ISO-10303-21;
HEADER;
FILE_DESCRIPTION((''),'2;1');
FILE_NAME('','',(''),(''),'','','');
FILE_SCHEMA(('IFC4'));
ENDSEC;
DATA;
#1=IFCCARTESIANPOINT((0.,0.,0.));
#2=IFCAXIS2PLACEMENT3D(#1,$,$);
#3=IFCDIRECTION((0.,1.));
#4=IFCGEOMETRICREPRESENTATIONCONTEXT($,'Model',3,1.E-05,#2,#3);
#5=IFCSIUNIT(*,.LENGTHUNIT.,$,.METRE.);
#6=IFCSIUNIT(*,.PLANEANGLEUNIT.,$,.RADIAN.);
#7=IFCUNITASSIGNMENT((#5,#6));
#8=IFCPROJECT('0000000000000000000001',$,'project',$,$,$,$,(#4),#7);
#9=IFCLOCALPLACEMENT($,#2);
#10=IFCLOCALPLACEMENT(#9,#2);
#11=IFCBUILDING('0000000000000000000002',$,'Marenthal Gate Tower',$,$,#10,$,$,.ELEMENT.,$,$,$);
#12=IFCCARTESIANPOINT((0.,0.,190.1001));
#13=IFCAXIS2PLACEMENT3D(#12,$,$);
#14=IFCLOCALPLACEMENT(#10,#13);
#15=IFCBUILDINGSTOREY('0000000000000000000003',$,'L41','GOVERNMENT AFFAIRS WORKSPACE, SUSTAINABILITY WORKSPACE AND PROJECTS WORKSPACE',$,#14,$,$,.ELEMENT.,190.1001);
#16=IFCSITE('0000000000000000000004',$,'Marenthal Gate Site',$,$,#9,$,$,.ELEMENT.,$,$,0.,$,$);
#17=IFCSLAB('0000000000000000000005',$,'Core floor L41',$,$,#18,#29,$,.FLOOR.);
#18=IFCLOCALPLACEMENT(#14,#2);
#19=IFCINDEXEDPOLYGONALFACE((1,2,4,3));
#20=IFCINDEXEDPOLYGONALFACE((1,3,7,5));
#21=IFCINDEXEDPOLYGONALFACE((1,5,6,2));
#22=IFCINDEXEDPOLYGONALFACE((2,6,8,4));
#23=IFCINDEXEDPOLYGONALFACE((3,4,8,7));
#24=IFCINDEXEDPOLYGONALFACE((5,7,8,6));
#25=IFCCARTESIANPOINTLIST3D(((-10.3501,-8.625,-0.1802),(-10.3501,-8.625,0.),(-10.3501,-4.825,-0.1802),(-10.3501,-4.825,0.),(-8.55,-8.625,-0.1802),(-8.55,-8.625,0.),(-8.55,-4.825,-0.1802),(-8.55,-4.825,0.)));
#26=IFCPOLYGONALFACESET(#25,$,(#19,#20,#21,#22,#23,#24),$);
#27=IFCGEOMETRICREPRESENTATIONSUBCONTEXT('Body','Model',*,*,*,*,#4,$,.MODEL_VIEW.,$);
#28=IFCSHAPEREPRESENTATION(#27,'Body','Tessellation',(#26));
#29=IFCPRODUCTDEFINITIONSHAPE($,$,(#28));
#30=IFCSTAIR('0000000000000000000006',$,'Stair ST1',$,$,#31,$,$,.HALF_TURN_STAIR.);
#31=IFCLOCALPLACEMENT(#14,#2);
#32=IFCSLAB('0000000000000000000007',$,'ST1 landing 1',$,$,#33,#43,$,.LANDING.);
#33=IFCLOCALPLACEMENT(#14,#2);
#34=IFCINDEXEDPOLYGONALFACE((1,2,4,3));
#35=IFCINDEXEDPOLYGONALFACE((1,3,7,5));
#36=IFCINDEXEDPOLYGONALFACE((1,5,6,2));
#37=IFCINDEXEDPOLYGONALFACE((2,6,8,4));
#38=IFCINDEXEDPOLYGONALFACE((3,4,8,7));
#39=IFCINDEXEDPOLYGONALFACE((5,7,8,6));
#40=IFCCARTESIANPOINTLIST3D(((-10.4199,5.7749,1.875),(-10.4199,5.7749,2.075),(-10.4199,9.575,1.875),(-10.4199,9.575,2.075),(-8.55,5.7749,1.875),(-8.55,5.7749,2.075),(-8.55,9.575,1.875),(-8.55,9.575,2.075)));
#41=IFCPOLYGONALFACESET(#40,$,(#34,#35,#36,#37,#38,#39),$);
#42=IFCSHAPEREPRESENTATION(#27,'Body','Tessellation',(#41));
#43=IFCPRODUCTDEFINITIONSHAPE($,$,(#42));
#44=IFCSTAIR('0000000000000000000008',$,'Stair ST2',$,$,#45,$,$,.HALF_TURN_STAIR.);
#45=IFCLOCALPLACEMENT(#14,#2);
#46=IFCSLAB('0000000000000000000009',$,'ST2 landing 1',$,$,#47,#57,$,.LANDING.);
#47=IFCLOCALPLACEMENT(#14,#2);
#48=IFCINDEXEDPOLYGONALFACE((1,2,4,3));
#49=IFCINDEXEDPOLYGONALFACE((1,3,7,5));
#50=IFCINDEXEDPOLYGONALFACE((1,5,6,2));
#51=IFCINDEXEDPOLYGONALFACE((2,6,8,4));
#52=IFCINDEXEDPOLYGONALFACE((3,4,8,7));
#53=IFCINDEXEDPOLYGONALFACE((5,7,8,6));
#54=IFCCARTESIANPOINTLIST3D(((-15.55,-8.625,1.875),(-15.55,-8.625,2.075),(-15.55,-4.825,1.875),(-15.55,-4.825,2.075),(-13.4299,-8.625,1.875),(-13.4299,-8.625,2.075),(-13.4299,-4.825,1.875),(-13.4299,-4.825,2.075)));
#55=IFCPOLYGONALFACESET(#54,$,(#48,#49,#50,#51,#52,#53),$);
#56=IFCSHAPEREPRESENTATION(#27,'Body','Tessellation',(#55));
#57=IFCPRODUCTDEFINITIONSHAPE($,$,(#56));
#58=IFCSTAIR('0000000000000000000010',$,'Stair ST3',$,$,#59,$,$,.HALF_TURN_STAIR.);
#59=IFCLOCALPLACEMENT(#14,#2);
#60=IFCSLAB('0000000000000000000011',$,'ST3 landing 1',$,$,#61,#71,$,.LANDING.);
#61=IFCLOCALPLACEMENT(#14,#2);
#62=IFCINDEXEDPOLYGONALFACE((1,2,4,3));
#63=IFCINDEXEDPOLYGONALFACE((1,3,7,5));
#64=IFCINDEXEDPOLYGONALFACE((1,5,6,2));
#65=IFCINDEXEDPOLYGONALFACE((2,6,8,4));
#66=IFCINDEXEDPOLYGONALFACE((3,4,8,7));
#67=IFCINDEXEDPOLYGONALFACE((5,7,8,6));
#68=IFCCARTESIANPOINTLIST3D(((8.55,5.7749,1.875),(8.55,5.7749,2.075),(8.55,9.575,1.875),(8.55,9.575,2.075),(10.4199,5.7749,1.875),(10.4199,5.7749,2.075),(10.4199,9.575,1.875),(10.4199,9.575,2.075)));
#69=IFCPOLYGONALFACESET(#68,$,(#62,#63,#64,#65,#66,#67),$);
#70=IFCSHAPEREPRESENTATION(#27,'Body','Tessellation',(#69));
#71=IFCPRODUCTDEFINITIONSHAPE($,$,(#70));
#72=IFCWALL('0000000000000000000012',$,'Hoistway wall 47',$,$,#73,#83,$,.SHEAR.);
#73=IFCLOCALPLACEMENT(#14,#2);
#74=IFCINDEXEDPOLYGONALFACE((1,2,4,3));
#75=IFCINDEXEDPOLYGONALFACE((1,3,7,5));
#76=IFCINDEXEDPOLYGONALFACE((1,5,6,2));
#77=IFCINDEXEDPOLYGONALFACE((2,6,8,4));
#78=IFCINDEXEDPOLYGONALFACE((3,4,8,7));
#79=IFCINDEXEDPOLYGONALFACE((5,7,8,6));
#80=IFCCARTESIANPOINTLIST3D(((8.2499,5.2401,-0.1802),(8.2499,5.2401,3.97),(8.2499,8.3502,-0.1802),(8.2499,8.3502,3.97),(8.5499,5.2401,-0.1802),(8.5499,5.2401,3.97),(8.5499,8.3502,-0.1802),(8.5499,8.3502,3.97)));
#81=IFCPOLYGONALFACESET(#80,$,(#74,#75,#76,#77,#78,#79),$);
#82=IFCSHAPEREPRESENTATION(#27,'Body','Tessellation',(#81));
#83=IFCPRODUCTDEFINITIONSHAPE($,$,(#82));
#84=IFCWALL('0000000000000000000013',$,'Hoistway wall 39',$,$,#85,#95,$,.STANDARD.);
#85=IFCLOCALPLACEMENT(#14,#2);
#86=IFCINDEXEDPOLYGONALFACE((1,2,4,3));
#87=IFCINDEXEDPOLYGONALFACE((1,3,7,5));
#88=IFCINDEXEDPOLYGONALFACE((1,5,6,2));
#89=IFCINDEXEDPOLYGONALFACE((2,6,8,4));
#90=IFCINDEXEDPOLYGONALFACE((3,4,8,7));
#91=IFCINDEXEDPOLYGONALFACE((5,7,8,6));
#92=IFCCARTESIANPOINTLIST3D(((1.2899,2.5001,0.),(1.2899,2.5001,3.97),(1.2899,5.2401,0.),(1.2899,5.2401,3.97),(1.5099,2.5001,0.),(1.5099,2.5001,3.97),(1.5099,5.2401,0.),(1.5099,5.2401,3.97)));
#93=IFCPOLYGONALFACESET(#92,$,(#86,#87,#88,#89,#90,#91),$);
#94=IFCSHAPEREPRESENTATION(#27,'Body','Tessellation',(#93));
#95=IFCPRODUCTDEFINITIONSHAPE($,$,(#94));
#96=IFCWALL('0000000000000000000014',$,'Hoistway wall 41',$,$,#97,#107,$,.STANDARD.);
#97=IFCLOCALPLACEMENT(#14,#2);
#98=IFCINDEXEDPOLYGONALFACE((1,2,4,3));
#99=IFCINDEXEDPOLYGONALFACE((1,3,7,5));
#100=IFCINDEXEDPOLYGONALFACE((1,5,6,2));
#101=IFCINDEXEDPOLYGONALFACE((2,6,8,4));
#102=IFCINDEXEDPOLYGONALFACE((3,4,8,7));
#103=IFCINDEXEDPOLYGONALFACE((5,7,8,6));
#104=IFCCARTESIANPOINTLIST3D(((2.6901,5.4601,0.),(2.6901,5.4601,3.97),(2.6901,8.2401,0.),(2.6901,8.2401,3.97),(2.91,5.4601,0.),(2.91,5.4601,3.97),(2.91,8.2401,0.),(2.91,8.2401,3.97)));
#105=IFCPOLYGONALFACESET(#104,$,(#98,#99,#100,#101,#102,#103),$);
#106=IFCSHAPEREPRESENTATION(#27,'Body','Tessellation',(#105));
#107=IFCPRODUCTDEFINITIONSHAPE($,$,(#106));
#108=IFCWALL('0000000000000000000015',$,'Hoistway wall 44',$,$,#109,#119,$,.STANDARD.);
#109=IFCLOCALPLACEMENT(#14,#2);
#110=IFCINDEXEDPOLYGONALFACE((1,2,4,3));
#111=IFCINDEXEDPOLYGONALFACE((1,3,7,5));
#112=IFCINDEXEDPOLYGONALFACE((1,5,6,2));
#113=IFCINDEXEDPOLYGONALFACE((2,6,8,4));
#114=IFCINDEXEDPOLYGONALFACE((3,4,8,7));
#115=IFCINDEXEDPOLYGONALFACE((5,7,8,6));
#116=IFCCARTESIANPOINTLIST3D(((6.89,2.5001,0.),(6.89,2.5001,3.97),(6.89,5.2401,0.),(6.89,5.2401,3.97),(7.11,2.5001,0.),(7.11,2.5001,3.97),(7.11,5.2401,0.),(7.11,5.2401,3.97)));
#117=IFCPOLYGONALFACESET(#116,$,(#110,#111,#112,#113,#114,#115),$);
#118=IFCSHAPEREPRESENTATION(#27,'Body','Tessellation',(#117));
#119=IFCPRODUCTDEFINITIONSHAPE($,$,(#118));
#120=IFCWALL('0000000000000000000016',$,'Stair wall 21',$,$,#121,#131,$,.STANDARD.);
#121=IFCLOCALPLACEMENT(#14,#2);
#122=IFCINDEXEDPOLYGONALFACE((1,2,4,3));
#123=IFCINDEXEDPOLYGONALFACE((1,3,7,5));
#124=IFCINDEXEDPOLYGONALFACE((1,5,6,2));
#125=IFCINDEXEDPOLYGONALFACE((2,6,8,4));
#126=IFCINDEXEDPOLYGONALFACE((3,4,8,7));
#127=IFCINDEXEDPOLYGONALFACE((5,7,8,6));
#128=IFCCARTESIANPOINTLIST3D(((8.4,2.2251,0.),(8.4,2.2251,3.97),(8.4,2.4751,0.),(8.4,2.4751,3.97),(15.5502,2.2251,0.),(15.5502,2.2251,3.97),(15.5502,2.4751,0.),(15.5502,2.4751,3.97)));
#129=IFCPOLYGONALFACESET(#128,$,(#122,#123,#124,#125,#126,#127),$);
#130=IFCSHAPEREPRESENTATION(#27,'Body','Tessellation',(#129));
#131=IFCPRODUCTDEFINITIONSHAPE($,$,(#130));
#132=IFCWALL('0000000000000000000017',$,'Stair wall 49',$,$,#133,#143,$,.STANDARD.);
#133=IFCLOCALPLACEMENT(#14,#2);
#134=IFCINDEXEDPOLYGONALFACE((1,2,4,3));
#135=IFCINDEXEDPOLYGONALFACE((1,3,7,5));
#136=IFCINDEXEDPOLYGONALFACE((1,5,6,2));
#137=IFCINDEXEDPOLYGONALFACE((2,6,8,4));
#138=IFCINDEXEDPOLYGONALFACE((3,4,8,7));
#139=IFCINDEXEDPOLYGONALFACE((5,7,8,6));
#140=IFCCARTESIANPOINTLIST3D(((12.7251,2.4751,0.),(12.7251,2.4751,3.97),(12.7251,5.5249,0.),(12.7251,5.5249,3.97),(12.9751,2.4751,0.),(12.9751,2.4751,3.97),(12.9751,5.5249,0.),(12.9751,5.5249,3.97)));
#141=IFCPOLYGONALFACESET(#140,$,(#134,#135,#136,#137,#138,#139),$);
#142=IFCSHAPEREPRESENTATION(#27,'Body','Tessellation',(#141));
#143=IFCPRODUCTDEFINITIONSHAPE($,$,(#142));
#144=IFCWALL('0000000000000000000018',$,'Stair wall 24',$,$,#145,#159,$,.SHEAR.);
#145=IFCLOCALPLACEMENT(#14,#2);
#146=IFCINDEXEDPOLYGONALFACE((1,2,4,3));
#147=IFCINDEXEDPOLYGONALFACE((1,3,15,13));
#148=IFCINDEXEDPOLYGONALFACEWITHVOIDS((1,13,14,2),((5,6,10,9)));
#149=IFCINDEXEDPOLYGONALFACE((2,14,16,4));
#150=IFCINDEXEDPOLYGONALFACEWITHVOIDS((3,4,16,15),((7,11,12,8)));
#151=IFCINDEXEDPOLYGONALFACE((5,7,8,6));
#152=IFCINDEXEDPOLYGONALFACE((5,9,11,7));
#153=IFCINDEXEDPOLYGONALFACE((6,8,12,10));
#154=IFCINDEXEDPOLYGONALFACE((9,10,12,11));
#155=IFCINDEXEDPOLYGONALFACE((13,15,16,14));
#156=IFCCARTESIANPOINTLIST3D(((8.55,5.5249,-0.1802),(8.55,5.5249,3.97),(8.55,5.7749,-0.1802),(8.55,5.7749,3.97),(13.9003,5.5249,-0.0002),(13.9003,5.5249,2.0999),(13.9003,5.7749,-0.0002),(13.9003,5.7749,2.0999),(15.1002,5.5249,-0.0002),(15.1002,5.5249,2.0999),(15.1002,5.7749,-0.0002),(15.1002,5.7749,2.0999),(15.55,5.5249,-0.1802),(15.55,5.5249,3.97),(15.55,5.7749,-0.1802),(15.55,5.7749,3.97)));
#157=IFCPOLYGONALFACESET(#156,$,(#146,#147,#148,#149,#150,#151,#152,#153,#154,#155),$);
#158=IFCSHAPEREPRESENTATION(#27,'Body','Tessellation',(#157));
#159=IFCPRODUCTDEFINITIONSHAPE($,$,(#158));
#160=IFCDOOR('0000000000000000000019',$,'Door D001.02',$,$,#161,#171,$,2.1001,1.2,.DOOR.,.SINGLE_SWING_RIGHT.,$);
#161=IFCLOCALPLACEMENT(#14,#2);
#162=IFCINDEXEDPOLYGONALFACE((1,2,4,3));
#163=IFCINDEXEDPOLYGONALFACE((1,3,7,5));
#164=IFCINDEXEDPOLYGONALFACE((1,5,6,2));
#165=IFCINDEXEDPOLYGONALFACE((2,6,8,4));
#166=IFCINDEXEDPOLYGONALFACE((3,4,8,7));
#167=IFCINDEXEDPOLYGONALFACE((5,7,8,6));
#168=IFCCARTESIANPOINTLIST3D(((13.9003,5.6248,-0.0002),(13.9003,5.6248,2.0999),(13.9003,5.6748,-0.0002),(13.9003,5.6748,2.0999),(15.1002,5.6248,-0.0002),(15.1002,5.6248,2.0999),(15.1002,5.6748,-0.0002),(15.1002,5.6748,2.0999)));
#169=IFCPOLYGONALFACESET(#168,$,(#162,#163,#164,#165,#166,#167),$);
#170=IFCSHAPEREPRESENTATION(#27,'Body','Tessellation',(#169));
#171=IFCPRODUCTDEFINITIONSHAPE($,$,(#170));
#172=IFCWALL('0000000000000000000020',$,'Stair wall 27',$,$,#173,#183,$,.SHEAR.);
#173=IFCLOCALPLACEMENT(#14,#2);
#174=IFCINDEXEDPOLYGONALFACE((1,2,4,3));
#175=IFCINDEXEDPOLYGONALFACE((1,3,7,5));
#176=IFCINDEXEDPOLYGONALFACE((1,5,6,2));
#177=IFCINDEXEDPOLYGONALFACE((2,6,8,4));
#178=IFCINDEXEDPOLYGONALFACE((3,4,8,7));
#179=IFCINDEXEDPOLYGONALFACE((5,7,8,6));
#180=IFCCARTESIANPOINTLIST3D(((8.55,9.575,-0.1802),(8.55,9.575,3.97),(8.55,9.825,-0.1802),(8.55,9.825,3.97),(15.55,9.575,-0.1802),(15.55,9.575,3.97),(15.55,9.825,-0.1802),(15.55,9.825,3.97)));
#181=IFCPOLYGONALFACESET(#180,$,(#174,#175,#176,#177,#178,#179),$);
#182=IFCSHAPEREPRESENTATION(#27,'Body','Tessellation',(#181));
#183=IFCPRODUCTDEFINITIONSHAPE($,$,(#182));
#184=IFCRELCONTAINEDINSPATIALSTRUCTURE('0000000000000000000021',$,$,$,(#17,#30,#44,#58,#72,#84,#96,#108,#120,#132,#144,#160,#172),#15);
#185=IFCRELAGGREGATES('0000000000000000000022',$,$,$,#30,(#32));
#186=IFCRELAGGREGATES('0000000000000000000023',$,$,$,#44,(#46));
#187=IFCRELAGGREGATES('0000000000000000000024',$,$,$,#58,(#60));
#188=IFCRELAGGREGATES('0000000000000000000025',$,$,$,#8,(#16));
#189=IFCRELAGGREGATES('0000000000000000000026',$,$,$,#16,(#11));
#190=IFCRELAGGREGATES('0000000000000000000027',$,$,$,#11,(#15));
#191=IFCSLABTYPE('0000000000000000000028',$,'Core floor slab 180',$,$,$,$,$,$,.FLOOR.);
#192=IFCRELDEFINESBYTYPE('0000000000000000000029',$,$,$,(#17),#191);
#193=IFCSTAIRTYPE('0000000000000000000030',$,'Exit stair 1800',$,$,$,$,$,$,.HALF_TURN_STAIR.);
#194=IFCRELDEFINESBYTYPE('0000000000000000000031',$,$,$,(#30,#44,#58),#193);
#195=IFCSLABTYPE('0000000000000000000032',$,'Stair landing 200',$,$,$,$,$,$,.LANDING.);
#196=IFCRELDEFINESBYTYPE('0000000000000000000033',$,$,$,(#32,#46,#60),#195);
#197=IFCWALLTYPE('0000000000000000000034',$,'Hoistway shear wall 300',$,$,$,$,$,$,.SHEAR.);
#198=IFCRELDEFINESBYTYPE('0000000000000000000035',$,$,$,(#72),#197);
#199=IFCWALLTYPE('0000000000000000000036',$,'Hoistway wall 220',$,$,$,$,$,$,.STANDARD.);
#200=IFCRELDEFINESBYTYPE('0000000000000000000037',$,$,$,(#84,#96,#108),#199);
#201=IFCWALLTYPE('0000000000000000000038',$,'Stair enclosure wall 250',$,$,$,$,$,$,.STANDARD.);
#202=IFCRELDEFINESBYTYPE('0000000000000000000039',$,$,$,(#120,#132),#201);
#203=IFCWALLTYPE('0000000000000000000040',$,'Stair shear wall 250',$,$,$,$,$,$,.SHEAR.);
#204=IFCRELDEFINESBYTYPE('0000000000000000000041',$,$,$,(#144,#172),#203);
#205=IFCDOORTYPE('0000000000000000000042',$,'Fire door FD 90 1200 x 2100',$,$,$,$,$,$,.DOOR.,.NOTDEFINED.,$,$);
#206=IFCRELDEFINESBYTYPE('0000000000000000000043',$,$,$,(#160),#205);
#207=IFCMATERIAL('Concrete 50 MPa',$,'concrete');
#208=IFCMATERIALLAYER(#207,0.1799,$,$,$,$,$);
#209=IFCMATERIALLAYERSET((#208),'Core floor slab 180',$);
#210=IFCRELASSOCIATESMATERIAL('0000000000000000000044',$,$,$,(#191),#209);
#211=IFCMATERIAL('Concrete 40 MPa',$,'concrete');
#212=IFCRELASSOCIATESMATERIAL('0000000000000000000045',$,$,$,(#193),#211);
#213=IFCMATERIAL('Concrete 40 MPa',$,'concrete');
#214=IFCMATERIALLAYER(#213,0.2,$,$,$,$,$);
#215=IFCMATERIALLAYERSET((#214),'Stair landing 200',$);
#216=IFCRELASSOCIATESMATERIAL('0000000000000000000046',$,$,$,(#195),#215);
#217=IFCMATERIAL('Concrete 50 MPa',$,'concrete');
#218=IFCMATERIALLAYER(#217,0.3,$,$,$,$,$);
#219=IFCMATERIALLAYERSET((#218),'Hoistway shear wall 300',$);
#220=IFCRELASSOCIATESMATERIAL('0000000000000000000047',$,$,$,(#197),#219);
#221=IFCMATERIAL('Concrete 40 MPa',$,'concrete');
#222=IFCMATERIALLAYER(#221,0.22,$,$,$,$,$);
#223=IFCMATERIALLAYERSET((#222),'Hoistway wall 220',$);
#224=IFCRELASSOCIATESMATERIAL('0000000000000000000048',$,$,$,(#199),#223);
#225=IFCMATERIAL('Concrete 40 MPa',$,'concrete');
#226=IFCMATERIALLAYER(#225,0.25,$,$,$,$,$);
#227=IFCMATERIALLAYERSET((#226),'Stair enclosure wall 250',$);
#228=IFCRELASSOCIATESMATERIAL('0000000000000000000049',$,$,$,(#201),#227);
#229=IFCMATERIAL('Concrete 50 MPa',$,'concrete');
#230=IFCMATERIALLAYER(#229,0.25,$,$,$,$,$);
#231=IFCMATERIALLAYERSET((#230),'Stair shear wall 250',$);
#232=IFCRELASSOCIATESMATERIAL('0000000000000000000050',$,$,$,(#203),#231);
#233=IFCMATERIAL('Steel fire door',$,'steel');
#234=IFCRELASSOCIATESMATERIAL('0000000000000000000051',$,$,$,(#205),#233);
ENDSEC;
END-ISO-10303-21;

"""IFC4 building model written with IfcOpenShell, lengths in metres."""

from ifc_helpers import new_model, si_unit, direction, frame, frame_2d, origin, place, context, subcontext, project, spatial, polyline, rectangle, outline, extrude, material, layer, layer_set, type_object, element, fill, aggregate, save


model = new_model("IFC4")

# Units and contexts
model_context = context("Model", 3, precision=1e-05, world=origin(), true_north=direction((0.0, 1.0)))
body_context = subcontext(model_context, "Body", "Model", "MODEL_VIEW")
ifc_project = project(units=[si_unit("LENGTHUNIT", "METRE"), si_unit("PLANEANGLEUNIT", "RADIAN")], contexts=[model_context])

# Site, building, storey
site_placement = place(None, origin())
site = spatial("IfcSite", under=ifc_project, at=site_placement, Name="Marenthal Gate Site", CompositionType="ELEMENT", RefElevation=0.0)
building_placement = place(site_placement, origin())
building = spatial("IfcBuilding", under=site, at=building_placement, Name="Marenthal Gate Tower", CompositionType="ELEMENT")
storey_placement = place(building_placement, frame((0.0, 0.0, 190.1001)))
storey = spatial("IfcBuildingStorey", under=building, at=storey_placement, Name="L41", Description="GOVERNMENT AFFAIRS WORKSPACE, SUSTAINABILITY WORKSPACE AND PROJECTS WORKSPACE", CompositionType="ELEMENT", Elevation=190.1001)

# Slab
ifc_material_1 = material(Name="Concrete 50 MPa", Category="concrete")
ifc_layer_1 = layer(ifc_material_1, 0.1799)
ifc_layer_set_1 = layer_set([ifc_layer_1], Name="Core floor slab 180")
slab_type_1 = type_object("IfcSlabType", Name="Core floor slab 180", PredefinedType="FLOOR", material=ifc_layer_set_1)
slab_1_placement = place(storey_placement, frame((0.0, 0.0, -0.1802)))
element("IfcSlab", 1, at=slab_1_placement, inside=storey, type_object=slab_type_1, Name="Core floor L41", PredefinedType="FLOOR", context=body_context, shape_type="SweptSolid", body=[
    extrude(outline(polyline([(-8.55, -8.625), (-10.3501, -8.625), (-10.3501, -4.825), (-8.55, -4.825), (-8.55, -8.625)])), origin(), (0.0, 0.0, 1.0), 0.1802),
])

# Stairs, slabs
ifc_material_2 = material(Name="Concrete 40 MPa", Category="concrete")
stair_type = type_object("IfcStairType", Name="Exit stair 1800", PredefinedType="HALF_TURN_STAIR", material=ifc_material_2)
stair_1_placement = place(storey_placement, origin())
stair_1 = element("IfcStair", 2, at=stair_1_placement, inside=storey, type_object=stair_type, Name="Stair ST1", PredefinedType="HALF_TURN_STAIR")
ifc_material_3 = material(Name="Concrete 40 MPa", Category="concrete")
ifc_layer_2 = layer(ifc_material_3, 0.2)
ifc_layer_set_2 = layer_set([ifc_layer_2], Name="Stair landing 200")
slab_type_2 = type_object("IfcSlabType", Name="Stair landing 200", PredefinedType="LANDING", material=ifc_layer_set_2)
slab_2_placement = place(storey_placement, frame((0.0, 0.0, 1.875)))
slab_2 = element("IfcSlab", 3, at=slab_2_placement, type_object=slab_type_2, Name="ST1 landing 1", PredefinedType="LANDING", context=body_context, shape_type="SweptSolid", body=[
    extrude(outline(polyline([(-10.4199, 5.7749), (-8.55, 5.7749), (-8.55, 9.575), (-10.4199, 9.575), (-10.4199, 5.7749)])), origin(), (0.0, 0.0, 1.0), 0.2),
])
aggregate(stair_1, [slab_2])
stair_2_placement = place(storey_placement, origin())
stair_2 = element("IfcStair", 4, at=stair_2_placement, inside=storey, type_object=stair_type, Name="Stair ST2", PredefinedType="HALF_TURN_STAIR")
slab_3_placement = place(storey_placement, frame((0.0, 0.0, 1.875)))
slab_3 = element("IfcSlab", 5, at=slab_3_placement, type_object=slab_type_2, Name="ST2 landing 1", PredefinedType="LANDING", context=body_context, shape_type="SweptSolid", body=[
    extrude(outline(polyline([(-15.55, -8.625), (-13.4299, -8.625), (-13.4299, -4.825), (-15.55, -4.825), (-15.55, -8.625)])), origin(), (0.0, 0.0, 1.0), 0.2),
])
aggregate(stair_2, [slab_3])
stair_3_placement = place(storey_placement, origin())
stair_3 = element("IfcStair", 6, at=stair_3_placement, inside=storey, type_object=stair_type, Name="Stair ST3", PredefinedType="HALF_TURN_STAIR")
slab_4_placement = place(storey_placement, frame((0.0, 0.0, 1.875)))
slab_4 = element("IfcSlab", 7, at=slab_4_placement, type_object=slab_type_2, Name="ST3 landing 1", PredefinedType="LANDING", context=body_context, shape_type="SweptSolid", body=[
    extrude(outline(polyline([(8.55, 5.7749), (10.4199, 5.7749), (10.4199, 9.575), (8.55, 9.575), (8.55, 5.7749)])), origin(), (0.0, 0.0, 1.0), 0.2),
])

# Walls
ifc_material_4 = material(Name="Concrete 50 MPa", Category="concrete")
ifc_layer_3 = layer(ifc_material_4, 0.3)
ifc_layer_set_3 = layer_set([ifc_layer_3], Name="Hoistway shear wall 300")
wall_type_1 = type_object("IfcWallType", Name="Hoistway shear wall 300", PredefinedType="SHEAR", material=ifc_layer_set_3)
wall_1_placement = place(storey_placement, frame((8.3999, 5.24, -0.1802), z_axis=(0.0, 0.0, 1.0), x_axis=(0.0, 1.0, 0.0)))
element("IfcWall", 8, at=wall_1_placement, inside=storey, type_object=wall_type_1, Name="Hoistway wall 47", PredefinedType="SHEAR", context=body_context, shape_type="SweptSolid", body=[
    extrude(rectangle(XDim=3.1101, YDim=0.3, at=frame_2d((1.5552, 0.0))), origin(), (0.0, 0.0, 1.0), 4.1501),
])
ifc_material_5 = material(Name="Concrete 40 MPa", Category="concrete")
ifc_layer_4 = layer(ifc_material_5, 0.22)
ifc_layer_set_4 = layer_set([ifc_layer_4], Name="Hoistway wall 220")
wall_type_2 = type_object("IfcWallType", Name="Hoistway wall 220", PredefinedType="STANDARD", material=ifc_layer_set_4)
wall_2_placement = place(storey_placement, frame((1.3999, 2.5, 0.0), z_axis=(0.0, 0.0, 1.0), x_axis=(0.0, 1.0, 0.0)))
element("IfcWall", 9, at=wall_2_placement, inside=storey, type_object=wall_type_2, Name="Hoistway wall 39", PredefinedType="STANDARD", context=body_context, shape_type="SweptSolid", body=[
    extrude(rectangle(XDim=2.74, YDim=0.22, at=frame_2d((1.3701, 0.0))), origin(), (0.0, 0.0, 1.0), 3.97),
])
wall_3_placement = place(storey_placement, frame((2.8, 5.46, 0.0), z_axis=(0.0, 0.0, 1.0), x_axis=(0.0, 1.0, 0.0)))
element("IfcWall", 10, at=wall_3_placement, inside=storey, type_object=wall_type_2, Name="Hoistway wall 41", PredefinedType="STANDARD", context=body_context, shape_type="SweptSolid", body=[
    extrude(rectangle(XDim=2.78, YDim=0.22, at=frame_2d((1.3901, 0.0))), origin(), (0.0, 0.0, 1.0), 3.97),
])
wall_4_placement = place(storey_placement, frame((7.0, 2.5, 0.0), z_axis=(0.0, 0.0, 1.0), x_axis=(0.0, 1.0, 0.0)))
element("IfcWall", 11, at=wall_4_placement, inside=storey, type_object=wall_type_2, Name="Hoistway wall 44", PredefinedType="STANDARD", context=body_context, shape_type="SweptSolid", body=[
    extrude(rectangle(XDim=2.74, YDim=0.22, at=frame_2d((1.3701, 0.0))), origin(), (0.0, 0.0, 1.0), 3.97),
])
ifc_material_6 = material(Name="Concrete 40 MPa", Category="concrete")
ifc_layer_5 = layer(ifc_material_6, 0.25)
ifc_layer_set_5 = layer_set([ifc_layer_5], Name="Stair enclosure wall 250")
wall_type_3 = type_object("IfcWallType", Name="Stair enclosure wall 250", PredefinedType="STANDARD", material=ifc_layer_set_5)
wall_5_placement = place(storey_placement, frame((8.3999, 2.3501, 0.0), z_axis=(0.0, 0.0, 1.0), x_axis=(1.0, 0.0, 0.0)))
element("IfcWall", 12, at=wall_5_placement, inside=storey, type_object=wall_type_3, Name="Stair wall 21", PredefinedType="STANDARD", context=body_context, shape_type="SweptSolid", body=[
    extrude(rectangle(XDim=7.1501, YDim=0.25, at=frame_2d((3.5752, 0.0))), origin(), (0.0, 0.0, 1.0), 3.97),
])
wall_6_placement = place(storey_placement, frame((12.8501, 2.4751, 0.0), z_axis=(0.0, 0.0, 1.0), x_axis=(0.0, 1.0, 0.0)))
element("IfcWall", 13, at=wall_6_placement, inside=storey, type_object=wall_type_3, Name="Stair wall 49", PredefinedType="STANDARD", context=body_context, shape_type="SweptSolid", body=[
    extrude(rectangle(XDim=3.0498, YDim=0.25, at=frame_2d((1.5249, 0.0))), origin(), (0.0, 0.0, 1.0), 3.97),
])

# Wall, opening, door
ifc_material_7 = material(Name="Concrete 50 MPa", Category="concrete")
ifc_layer_6 = layer(ifc_material_7, 0.25)
ifc_layer_set_6 = layer_set([ifc_layer_6], Name="Stair shear wall 250")
wall_type_4 = type_object("IfcWallType", Name="Stair shear wall 250", PredefinedType="SHEAR", material=ifc_layer_set_6)
wall_7_placement = place(storey_placement, frame((8.55, 5.6499, -0.1802), z_axis=(0.0, 0.0, 1.0), x_axis=(1.0, 0.0, 0.0)))
wall_7 = element("IfcWall", 14, at=wall_7_placement, inside=storey, type_object=wall_type_4, Name="Stair wall 24", PredefinedType="SHEAR", context=body_context, shape_type="SweptSolid", body=[
    extrude(rectangle(XDim=7.0, YDim=0.25, at=frame_2d((3.5, 0.0))), origin(), (0.0, 0.0, 1.0), 4.1501),
])
opening_placement = place(wall_7_placement, frame((5.3501, 0.0, 0.1799)))
opening = element("IfcOpeningElement", 15, at=opening_placement, cuts=wall_7, PredefinedType="OPENING", context=body_context, shape_type="SweptSolid", body=[
    extrude(rectangle(XDim=1.2, YDim=2.1001, at=frame_2d((0.6001, 1.05))), frame((0.0, 0.135, 0.0), z_axis=(0.0, -1.0, 0.0), x_axis=(1.0, 0.0, 0.0)), (0.0, 0.0, 1.0), 0.27),
])
ifc_material_8 = material(Name="Steel fire door", Category="steel")
door_type = type_object("IfcDoorType", Name="Fire door FD 90 1200 x 2100", OperationType="NOTDEFINED", PredefinedType="DOOR", material=ifc_material_8)
door_placement = place(opening_placement, origin())
door = element("IfcDoor", 16, at=door_placement, inside=storey, type_object=door_type, Name="Door D001.02", OperationType="SINGLE_SWING_RIGHT", OverallHeight=2.1001, OverallWidth=1.2, PredefinedType="DOOR", context=body_context, shape_type="SweptSolid", body=[
    extrude(rectangle(XDim=1.2, YDim=2.1001, at=frame_2d((0.6001, 1.05))), frame((0.0, 0.0249, 0.0), z_axis=(0.0, -1.0, 0.0), x_axis=(1.0, 0.0, 0.0)), (0.0, 0.0, 1.0), 0.05),
])
fill(opening, door)

# Wall
wall_8_placement = place(storey_placement, frame((8.55, 9.7, -0.1802), z_axis=(0.0, 0.0, 1.0), x_axis=(1.0, 0.0, 0.0)))
element("IfcWall", 17, at=wall_8_placement, inside=storey, type_object=wall_type_4, Name="Stair wall 27", PredefinedType="SHEAR", context=body_context, shape_type="SweptSolid", body=[
    extrude(rectangle(XDim=7.0, YDim=0.25, at=frame_2d((3.5, 0.0))), origin(), (0.0, 0.0, 1.0), 4.1501),
])

aggregate(stair_3, [slab_4])

save(model, "model.ifc")
